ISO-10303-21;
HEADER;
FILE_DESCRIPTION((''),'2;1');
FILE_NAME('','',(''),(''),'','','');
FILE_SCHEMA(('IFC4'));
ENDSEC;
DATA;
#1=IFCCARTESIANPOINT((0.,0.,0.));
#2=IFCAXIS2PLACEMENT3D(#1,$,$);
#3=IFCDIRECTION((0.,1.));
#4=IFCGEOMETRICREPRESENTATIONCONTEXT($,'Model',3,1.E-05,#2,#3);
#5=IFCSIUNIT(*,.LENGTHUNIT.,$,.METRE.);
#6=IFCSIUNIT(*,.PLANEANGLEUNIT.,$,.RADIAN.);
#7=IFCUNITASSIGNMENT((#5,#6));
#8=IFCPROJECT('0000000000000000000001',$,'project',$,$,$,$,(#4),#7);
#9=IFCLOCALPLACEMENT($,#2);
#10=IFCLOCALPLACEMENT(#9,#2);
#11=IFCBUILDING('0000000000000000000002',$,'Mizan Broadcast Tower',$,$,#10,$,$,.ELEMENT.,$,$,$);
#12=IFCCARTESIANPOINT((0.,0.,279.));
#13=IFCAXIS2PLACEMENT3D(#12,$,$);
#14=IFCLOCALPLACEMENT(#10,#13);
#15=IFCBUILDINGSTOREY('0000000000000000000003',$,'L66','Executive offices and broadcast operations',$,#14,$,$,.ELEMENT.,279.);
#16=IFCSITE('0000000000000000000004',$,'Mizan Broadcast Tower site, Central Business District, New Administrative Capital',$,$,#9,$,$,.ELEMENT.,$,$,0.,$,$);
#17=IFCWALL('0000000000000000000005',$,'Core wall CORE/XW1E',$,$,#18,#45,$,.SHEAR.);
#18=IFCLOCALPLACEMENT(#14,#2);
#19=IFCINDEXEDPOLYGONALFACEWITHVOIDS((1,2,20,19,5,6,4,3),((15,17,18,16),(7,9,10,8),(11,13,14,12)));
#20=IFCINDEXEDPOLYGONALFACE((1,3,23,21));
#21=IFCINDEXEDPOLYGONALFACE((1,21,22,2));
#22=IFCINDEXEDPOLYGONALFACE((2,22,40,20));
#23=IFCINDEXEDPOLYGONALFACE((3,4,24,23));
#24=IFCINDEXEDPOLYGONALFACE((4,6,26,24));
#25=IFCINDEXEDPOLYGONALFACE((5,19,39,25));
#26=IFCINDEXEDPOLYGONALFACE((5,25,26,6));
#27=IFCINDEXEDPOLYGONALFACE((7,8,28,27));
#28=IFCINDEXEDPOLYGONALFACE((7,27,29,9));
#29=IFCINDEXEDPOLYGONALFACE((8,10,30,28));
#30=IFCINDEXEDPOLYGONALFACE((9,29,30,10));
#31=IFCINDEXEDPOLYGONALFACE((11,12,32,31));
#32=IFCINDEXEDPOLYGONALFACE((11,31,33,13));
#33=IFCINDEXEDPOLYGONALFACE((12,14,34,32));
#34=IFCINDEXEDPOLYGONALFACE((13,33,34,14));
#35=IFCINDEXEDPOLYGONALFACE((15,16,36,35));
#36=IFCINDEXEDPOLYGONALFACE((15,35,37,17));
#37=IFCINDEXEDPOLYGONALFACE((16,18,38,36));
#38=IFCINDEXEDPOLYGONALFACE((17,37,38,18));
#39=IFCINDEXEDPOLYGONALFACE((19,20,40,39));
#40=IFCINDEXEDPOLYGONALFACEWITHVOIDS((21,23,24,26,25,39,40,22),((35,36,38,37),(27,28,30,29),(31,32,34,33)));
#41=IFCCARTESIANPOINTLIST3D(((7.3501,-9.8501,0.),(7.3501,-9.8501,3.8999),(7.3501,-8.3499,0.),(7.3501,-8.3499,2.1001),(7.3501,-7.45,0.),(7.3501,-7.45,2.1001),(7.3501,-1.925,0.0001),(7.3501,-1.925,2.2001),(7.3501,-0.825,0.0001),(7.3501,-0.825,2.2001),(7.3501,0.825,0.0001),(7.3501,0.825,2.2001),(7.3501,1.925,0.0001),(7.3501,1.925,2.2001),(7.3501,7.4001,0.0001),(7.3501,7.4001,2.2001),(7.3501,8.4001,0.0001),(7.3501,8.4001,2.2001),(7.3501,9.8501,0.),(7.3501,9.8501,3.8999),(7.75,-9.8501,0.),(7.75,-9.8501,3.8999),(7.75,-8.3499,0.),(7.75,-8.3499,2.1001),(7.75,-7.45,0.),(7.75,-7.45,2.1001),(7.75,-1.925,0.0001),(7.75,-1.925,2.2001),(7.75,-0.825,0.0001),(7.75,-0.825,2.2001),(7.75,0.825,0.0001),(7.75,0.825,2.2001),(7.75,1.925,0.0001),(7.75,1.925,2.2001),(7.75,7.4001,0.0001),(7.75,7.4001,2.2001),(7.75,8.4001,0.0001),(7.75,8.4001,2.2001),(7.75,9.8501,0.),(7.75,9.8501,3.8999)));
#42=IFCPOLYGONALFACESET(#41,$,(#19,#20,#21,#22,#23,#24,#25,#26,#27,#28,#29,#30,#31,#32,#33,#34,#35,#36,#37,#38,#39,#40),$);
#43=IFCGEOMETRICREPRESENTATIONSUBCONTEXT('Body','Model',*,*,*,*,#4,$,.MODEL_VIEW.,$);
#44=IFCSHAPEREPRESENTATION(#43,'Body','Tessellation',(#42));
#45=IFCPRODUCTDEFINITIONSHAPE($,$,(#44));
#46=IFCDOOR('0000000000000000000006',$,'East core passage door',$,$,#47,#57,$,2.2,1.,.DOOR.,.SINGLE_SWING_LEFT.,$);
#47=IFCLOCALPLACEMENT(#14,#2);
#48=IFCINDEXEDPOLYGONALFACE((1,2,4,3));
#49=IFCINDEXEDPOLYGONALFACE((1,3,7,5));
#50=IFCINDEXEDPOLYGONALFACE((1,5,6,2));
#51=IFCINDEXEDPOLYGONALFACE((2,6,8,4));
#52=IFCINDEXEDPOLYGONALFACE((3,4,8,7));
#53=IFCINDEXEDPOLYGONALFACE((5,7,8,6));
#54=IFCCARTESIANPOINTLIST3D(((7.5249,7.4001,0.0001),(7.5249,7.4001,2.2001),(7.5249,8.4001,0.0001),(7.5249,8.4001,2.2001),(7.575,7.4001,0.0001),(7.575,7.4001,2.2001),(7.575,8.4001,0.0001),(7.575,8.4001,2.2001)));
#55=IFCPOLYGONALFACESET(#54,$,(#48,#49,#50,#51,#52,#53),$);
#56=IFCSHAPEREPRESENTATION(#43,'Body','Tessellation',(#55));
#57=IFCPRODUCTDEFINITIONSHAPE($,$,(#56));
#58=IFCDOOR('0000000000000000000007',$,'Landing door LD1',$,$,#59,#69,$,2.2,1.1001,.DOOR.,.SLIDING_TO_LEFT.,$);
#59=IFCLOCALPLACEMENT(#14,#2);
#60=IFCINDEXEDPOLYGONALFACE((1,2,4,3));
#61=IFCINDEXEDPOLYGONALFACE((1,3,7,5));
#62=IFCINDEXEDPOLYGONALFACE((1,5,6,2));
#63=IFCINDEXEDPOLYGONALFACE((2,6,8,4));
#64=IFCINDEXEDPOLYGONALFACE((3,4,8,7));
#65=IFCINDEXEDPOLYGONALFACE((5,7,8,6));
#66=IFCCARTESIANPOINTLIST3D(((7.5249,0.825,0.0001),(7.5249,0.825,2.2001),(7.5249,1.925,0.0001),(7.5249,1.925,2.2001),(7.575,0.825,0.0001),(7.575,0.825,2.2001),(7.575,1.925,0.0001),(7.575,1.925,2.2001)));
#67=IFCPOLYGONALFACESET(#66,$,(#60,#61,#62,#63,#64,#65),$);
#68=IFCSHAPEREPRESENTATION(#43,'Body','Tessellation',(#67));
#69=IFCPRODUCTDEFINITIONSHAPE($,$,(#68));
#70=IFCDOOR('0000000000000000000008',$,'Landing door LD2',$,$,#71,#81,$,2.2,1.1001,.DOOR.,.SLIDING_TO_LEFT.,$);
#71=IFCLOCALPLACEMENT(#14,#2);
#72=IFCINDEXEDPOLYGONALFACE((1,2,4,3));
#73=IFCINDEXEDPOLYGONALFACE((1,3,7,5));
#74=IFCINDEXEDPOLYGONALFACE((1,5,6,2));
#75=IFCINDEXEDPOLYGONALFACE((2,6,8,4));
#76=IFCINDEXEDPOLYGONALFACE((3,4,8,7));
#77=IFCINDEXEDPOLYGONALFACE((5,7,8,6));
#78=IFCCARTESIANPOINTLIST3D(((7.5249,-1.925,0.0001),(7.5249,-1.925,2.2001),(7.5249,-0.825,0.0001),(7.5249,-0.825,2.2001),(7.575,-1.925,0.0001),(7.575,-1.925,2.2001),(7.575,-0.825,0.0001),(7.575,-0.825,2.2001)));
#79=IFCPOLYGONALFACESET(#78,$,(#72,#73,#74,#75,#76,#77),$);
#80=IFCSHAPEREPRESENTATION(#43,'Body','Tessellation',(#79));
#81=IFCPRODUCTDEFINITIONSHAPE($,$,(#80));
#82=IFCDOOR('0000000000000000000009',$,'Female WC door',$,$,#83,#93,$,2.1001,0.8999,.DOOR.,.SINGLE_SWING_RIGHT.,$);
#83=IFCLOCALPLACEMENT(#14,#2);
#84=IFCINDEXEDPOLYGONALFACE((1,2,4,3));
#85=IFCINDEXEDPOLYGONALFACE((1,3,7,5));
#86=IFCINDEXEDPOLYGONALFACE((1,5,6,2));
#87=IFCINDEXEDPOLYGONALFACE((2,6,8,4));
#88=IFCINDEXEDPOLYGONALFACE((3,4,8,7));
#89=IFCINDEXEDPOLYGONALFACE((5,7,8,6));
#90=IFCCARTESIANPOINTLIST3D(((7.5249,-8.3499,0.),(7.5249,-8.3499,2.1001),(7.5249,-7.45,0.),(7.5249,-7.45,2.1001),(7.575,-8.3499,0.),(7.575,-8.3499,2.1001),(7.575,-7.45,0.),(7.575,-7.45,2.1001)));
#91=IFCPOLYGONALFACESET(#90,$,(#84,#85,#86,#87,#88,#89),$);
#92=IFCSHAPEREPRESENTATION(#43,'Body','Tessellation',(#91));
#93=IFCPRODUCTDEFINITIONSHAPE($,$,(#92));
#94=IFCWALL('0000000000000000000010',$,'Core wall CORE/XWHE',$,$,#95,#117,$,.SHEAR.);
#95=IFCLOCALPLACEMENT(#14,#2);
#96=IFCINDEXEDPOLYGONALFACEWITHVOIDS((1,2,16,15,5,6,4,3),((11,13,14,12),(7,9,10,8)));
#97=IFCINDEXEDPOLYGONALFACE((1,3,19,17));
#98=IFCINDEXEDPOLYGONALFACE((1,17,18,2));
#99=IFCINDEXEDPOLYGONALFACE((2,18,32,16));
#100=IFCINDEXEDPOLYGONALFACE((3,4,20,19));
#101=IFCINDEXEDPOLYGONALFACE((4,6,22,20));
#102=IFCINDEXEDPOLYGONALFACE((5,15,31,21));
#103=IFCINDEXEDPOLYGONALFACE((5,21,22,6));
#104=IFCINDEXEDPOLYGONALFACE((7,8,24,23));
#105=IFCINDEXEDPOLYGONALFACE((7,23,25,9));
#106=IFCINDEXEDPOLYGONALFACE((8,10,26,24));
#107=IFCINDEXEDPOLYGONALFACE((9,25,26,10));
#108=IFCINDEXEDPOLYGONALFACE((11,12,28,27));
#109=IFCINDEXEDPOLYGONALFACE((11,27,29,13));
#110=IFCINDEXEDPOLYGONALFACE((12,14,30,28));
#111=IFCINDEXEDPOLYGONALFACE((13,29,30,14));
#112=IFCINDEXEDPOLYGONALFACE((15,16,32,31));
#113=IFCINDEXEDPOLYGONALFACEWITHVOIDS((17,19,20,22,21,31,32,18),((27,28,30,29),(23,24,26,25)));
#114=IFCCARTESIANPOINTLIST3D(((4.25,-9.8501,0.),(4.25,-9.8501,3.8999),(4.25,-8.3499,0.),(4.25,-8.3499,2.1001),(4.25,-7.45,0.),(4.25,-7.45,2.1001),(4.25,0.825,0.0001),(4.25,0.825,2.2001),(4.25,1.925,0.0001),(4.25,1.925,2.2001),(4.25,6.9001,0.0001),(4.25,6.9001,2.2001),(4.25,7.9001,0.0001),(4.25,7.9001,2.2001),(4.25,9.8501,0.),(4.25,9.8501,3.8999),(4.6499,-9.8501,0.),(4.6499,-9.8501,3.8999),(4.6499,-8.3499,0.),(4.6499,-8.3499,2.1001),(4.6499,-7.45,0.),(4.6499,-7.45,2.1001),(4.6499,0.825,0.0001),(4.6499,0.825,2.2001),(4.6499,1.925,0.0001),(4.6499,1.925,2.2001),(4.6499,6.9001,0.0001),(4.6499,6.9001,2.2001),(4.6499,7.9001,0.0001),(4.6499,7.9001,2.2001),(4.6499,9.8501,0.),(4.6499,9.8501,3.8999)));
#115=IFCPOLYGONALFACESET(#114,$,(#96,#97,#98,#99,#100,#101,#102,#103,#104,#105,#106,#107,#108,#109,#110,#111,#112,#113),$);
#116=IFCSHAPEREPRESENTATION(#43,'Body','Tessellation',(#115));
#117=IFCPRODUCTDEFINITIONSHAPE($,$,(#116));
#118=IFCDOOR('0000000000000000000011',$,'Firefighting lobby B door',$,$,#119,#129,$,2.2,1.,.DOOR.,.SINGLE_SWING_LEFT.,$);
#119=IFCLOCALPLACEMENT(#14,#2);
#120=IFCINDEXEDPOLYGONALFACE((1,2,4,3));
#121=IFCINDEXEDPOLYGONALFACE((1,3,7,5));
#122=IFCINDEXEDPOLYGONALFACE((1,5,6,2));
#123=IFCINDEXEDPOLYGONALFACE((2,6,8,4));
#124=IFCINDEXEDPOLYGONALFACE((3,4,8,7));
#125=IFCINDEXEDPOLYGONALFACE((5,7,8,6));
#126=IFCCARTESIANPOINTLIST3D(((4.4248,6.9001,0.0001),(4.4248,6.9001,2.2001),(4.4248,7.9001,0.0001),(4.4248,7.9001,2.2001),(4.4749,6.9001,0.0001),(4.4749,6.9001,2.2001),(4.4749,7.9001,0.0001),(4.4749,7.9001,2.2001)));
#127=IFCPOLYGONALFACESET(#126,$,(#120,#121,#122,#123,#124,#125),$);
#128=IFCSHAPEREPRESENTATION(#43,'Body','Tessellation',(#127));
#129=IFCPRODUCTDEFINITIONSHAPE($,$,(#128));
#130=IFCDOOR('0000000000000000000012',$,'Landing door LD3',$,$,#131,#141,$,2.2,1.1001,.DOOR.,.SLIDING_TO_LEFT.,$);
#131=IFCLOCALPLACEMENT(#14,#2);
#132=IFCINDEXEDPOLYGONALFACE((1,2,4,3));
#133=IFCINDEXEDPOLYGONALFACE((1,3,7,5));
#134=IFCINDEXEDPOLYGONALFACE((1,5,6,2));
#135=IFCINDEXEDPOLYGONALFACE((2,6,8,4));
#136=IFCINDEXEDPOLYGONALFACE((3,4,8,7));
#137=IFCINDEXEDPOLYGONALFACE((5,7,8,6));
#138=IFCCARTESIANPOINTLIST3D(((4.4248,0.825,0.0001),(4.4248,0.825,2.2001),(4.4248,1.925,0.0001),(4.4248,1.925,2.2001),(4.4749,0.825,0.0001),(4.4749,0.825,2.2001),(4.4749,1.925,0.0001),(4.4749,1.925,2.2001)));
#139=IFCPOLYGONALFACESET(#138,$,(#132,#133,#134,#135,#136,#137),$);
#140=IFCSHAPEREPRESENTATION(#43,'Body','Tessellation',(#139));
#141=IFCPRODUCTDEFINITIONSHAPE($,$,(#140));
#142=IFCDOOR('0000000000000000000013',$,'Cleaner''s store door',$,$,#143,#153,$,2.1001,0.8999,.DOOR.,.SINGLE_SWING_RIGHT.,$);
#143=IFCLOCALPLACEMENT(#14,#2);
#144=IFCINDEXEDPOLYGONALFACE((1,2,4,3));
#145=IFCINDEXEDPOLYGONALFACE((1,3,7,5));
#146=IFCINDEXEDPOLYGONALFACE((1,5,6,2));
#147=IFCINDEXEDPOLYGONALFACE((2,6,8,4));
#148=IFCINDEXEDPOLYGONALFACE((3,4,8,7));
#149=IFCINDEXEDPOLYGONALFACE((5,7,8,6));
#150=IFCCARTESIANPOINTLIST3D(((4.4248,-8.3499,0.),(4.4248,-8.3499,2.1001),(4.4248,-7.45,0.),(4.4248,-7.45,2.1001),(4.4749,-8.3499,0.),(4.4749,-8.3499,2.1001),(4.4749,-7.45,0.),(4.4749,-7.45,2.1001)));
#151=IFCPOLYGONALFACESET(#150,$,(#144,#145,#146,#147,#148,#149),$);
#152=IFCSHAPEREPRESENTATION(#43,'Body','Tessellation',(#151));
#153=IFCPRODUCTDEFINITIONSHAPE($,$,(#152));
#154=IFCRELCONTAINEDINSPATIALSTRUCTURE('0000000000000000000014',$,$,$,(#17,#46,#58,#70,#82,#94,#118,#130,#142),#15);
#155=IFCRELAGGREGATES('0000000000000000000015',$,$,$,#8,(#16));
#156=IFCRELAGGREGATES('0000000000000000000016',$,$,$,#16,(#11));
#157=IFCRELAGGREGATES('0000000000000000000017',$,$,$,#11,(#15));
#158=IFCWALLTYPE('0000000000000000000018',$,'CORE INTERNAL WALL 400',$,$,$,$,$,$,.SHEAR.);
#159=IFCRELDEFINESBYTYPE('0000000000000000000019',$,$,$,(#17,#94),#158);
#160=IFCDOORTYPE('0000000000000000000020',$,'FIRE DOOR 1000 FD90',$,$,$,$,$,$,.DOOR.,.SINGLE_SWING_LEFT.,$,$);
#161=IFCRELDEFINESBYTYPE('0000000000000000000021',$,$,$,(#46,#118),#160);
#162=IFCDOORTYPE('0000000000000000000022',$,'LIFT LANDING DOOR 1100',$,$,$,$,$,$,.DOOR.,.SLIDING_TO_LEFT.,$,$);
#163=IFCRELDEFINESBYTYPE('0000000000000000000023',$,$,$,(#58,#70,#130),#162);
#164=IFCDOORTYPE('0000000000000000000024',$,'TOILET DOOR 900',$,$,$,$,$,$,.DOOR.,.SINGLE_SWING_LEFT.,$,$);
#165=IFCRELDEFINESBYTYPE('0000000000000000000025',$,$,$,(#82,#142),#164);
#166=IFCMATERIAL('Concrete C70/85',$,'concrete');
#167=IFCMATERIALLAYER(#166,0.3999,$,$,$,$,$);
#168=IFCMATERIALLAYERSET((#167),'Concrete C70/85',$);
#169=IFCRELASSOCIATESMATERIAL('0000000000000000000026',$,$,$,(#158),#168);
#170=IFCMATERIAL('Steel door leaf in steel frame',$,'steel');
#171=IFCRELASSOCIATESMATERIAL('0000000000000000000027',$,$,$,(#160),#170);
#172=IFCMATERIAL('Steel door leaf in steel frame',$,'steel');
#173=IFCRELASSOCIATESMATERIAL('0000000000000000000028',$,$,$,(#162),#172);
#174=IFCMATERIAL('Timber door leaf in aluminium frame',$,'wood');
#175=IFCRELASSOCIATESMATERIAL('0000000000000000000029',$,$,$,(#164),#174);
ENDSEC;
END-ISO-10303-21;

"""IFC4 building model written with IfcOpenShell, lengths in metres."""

from ifc_helpers import new_model, si_unit, direction, frame, frame_2d, origin, place, context, subcontext, project, spatial, rectangle, extrude, material, layer, layer_set, type_object, element, fill, save


model = new_model("IFC4")

# Units and contexts
model_context = context("Model", 3, precision=1e-05, world=origin(), true_north=direction((0.0, 1.0)))
body_context = subcontext(model_context, "Body", "Model", "MODEL_VIEW")
ifc_project = project(units=[si_unit("LENGTHUNIT", "METRE"), si_unit("PLANEANGLEUNIT", "RADIAN")], contexts=[model_context])

# Site, building, storey
site_placement = place(None, origin())
site = spatial("IfcSite", under=ifc_project, at=site_placement, Name="Mizan Broadcast Tower site, Central Business District, New Administrative Capital", CompositionType="ELEMENT", RefElevation=0.0)
building_placement = place(site_placement, origin())
building = spatial("IfcBuilding", under=site, at=building_placement, Name="Mizan Broadcast Tower", CompositionType="ELEMENT")
storey_placement = place(building_placement, frame((0.0, 0.0, 279.0)))
storey = spatial("IfcBuildingStorey", under=building, at=storey_placement, Name="L66", Description="Executive offices and broadcast operations", CompositionType="ELEMENT", Elevation=279.0)

# Walls, openings, doors
ifc_material_1 = material(Name="Concrete C70/85", Category="concrete")
ifc_layer_1 = layer(ifc_material_1, 0.3999)
ifc_layer_set_1 = layer_set([ifc_layer_1], Name="Concrete C70/85")
wall_type = type_object("IfcWallType", Name="CORE INTERNAL WALL 400", PredefinedType="SHEAR", material=ifc_layer_set_1)
wall_1_placement = place(storey_placement, frame((7.55, 9.8501, 0.0), z_axis=(0.0, 0.0, 1.0), x_axis=(0.0, -1.0, 0.0)))
wall_1 = element("IfcWall", 1, at=wall_1_placement, inside=storey, type_object=wall_type, Name="Core wall CORE/XW1E", PredefinedType="SHEAR", context=body_context, shape_type="SweptSolid", body=[
    extrude(rectangle(XDim=19.7002, YDim=0.3999, at=frame_2d((9.8501, 0.0))), origin(), (0.0, 0.0, 1.0), 3.8999),
])
opening_1_placement = place(wall_1_placement, frame((1.45, 0.0, 0.0)))
opening_1 = element("IfcOpeningElement", 2, at=opening_1_placement, cuts=wall_1, PredefinedType="OPENING", context=body_context, shape_type="SweptSolid", body=[
    extrude(rectangle(XDim=1.0, YDim=2.2, at=frame_2d((0.5, 1.1001))), frame((0.0, 0.21, 0.0), z_axis=(0.0, -1.0, 0.0), x_axis=(1.0, 0.0, 0.0)), (0.0, 0.0, 1.0), 0.4199),
])
opening_2_placement = place(wall_1_placement, frame((17.3, 0.0, 0.0)))
opening_2 = element("IfcOpeningElement", 3, at=opening_2_placement, cuts=wall_1, PredefinedType="OPENING", context=body_context, shape_type="SweptSolid", body=[
    extrude(rectangle(XDim=0.8999, YDim=2.1001, at=frame_2d((0.45, 1.05))), frame((0.0, 0.21, 0.0), z_axis=(0.0, -1.0, 0.0), x_axis=(1.0, 0.0, 0.0)), (0.0, 0.0, 1.0), 0.4199),
])
opening_3_placement = place(wall_1_placement, frame((7.925, 0.0, 0.0)))
opening_3 = element("IfcOpeningElement", 4, at=opening_3_placement, cuts=wall_1, PredefinedType="OPENING", context=body_context, shape_type="SweptSolid", body=[
    extrude(rectangle(XDim=1.1001, YDim=2.2, at=frame_2d((0.55, 1.1001))), frame((0.0, 0.21, 0.0), z_axis=(0.0, -1.0, 0.0), x_axis=(1.0, 0.0, 0.0)), (0.0, 0.0, 1.0), 0.4199),
])
opening_4_placement = place(wall_1_placement, frame((10.675, 0.0, 0.0)))
opening_4 = element("IfcOpeningElement", 5, at=opening_4_placement, cuts=wall_1, PredefinedType="OPENING", context=body_context, shape_type="SweptSolid", body=[
    extrude(rectangle(XDim=1.1001, YDim=2.2, at=frame_2d((0.55, 1.1001))), frame((0.0, 0.21, 0.0), z_axis=(0.0, -1.0, 0.0), x_axis=(1.0, 0.0, 0.0)), (0.0, 0.0, 1.0), 0.4199),
])
ifc_material_2 = material(Name="Steel door leaf in steel frame", Category="steel")
door_type_1 = type_object("IfcDoorType", Name="FIRE DOOR 1000 FD90", OperationType="SINGLE_SWING_LEFT", PredefinedType="DOOR", material=ifc_material_2)
door_1_placement = place(opening_1_placement, origin())
door_1 = element("IfcDoor", 6, at=door_1_placement, inside=storey, type_object=door_type_1, Name="East core passage door", OperationType="SINGLE_SWING_LEFT", OverallHeight=2.2, OverallWidth=1.0, PredefinedType="DOOR", context=body_context, shape_type="SweptSolid", body=[
    extrude(rectangle(XDim=1.0, YDim=2.2, at=frame_2d((0.5, 1.1001))), frame((0.0, 0.0249, 0.0), z_axis=(0.0, -1.0, 0.0), x_axis=(1.0, 0.0, 0.0)), (0.0, 0.0, 1.0), 0.05),
])
fill(opening_1, door_1)
ifc_material_3 = material(Name="Steel door leaf in steel frame", Category="steel")
door_type_2 = type_object("IfcDoorType", Name="LIFT LANDING DOOR 1100", OperationType="SLIDING_TO_LEFT", PredefinedType="DOOR", material=ifc_material_3)
door_2_placement = place(opening_3_placement, origin())
door_2 = element("IfcDoor", 7, at=door_2_placement, inside=storey, type_object=door_type_2, Name="Landing door LD1", OperationType="SLIDING_TO_LEFT", OverallHeight=2.2, OverallWidth=1.1001, PredefinedType="DOOR", context=body_context, shape_type="SweptSolid", body=[
    extrude(rectangle(XDim=1.1001, YDim=2.2, at=frame_2d((0.55, 1.1001))), frame((0.0, 0.0249, 0.0), z_axis=(0.0, -1.0, 0.0), x_axis=(1.0, 0.0, 0.0)), (0.0, 0.0, 1.0), 0.05),
])
fill(opening_3, door_2)
door_3_placement = place(opening_4_placement, origin())
door_3 = element("IfcDoor", 8, at=door_3_placement, inside=storey, type_object=door_type_2, Name="Landing door LD2", OperationType="SLIDING_TO_LEFT", OverallHeight=2.2, OverallWidth=1.1001, PredefinedType="DOOR", context=body_context, shape_type="SweptSolid", body=[
    extrude(rectangle(XDim=1.1001, YDim=2.2, at=frame_2d((0.55, 1.1001))), frame((0.0, 0.0249, 0.0), z_axis=(0.0, -1.0, 0.0), x_axis=(1.0, 0.0, 0.0)), (0.0, 0.0, 1.0), 0.05),
])
fill(opening_4, door_3)
ifc_material_4 = material(Name="Timber door leaf in aluminium frame", Category="wood")
door_type_3 = type_object("IfcDoorType", Name="TOILET DOOR 900", OperationType="SINGLE_SWING_LEFT", PredefinedType="DOOR", material=ifc_material_4)
door_4_placement = place(opening_2_placement, origin())
door_4 = element("IfcDoor", 9, at=door_4_placement, inside=storey, type_object=door_type_3, Name="Female WC door", OperationType="SINGLE_SWING_RIGHT", OverallHeight=2.1001, OverallWidth=0.8999, PredefinedType="DOOR", context=body_context, shape_type="SweptSolid", body=[
    extrude(rectangle(XDim=0.8999, YDim=2.1001, at=frame_2d((0.45, 1.05))), frame((0.0, 0.0249, 0.0), z_axis=(0.0, -1.0, 0.0), x_axis=(1.0, 0.0, 0.0)), (0.0, 0.0, 1.0), 0.05),
])
fill(opening_2, door_4)
wall_2_placement = place(storey_placement, frame((4.45, 9.8501, 0.0), z_axis=(0.0, 0.0, 1.0), x_axis=(0.0, -1.0, 0.0)))
wall_2 = element("IfcWall", 10, at=wall_2_placement, inside=storey, type_object=wall_type, Name="Core wall CORE/XWHE", PredefinedType="SHEAR", context=body_context, shape_type="SweptSolid", body=[
    extrude(rectangle(XDim=19.7002, YDim=0.3999, at=frame_2d((9.8501, 0.0))), origin(), (0.0, 0.0, 1.0), 3.8999),
])
opening_5_placement = place(wall_2_placement, frame((1.95, 0.0, 0.0)))
opening_5 = element("IfcOpeningElement", 11, at=opening_5_placement, cuts=wall_2, PredefinedType="OPENING", context=body_context, shape_type="SweptSolid", body=[
    extrude(rectangle(XDim=1.0, YDim=2.2, at=frame_2d((0.5, 1.1001))), frame((0.0, 0.21, 0.0), z_axis=(0.0, -1.0, 0.0), x_axis=(1.0, 0.0, 0.0)), (0.0, 0.0, 1.0), 0.4199),
])
opening_6_placement = place(wall_2_placement, frame((17.3, 0.0, 0.0)))
opening_6 = element("IfcOpeningElement", 12, at=opening_6_placement, cuts=wall_2, PredefinedType="OPENING", context=body_context, shape_type="SweptSolid", body=[
    extrude(rectangle(XDim=0.8999, YDim=2.1001, at=frame_2d((0.45, 1.05))), frame((0.0, 0.21, 0.0), z_axis=(0.0, -1.0, 0.0), x_axis=(1.0, 0.0, 0.0)), (0.0, 0.0, 1.0), 0.4199),
])
opening_7_placement = place(wall_2_placement, frame((7.925, 0.0, 0.0)))
opening_7 = element("IfcOpeningElement", 13, at=opening_7_placement, cuts=wall_2, PredefinedType="OPENING", context=body_context, shape_type="SweptSolid", body=[
    extrude(rectangle(XDim=1.1001, YDim=2.2, at=frame_2d((0.55, 1.1001))), frame((0.0, 0.21, 0.0), z_axis=(0.0, -1.0, 0.0), x_axis=(1.0, 0.0, 0.0)), (0.0, 0.0, 1.0), 0.4199),
])
door_5_placement = place(opening_5_placement, origin())
door_5 = element("IfcDoor", 14, at=door_5_placement, inside=storey, type_object=door_type_1, Name="Firefighting lobby B door", OperationType="SINGLE_SWING_LEFT", OverallHeight=2.2, OverallWidth=1.0, PredefinedType="DOOR", context=body_context, shape_type="SweptSolid", body=[
    extrude(rectangle(XDim=1.0, YDim=2.2, at=frame_2d((0.5, 1.1001))), frame((0.0, 0.0249, 0.0), z_axis=(0.0, -1.0, 0.0), x_axis=(1.0, 0.0, 0.0)), (0.0, 0.0, 1.0), 0.05),
])
fill(opening_5, door_5)
door_6_placement = place(opening_7_placement, origin())
door_6 = element("IfcDoor", 15, at=door_6_placement, inside=storey, type_object=door_type_2, Name="Landing door LD3", OperationType="SLIDING_TO_LEFT", OverallHeight=2.2, OverallWidth=1.1001, PredefinedType="DOOR", context=body_context, shape_type="SweptSolid", body=[
    extrude(rectangle(XDim=1.1001, YDim=2.2, at=frame_2d((0.55, 1.1001))), frame((0.0, 0.0249, 0.0), z_axis=(0.0, -1.0, 0.0), x_axis=(1.0, 0.0, 0.0)), (0.0, 0.0, 1.0), 0.05),
])
fill(opening_7, door_6)
door_7_placement = place(opening_6_placement, origin())
door_7 = element("IfcDoor", 16, at=door_7_placement, inside=storey, type_object=door_type_3, Name="Cleaner's store door", OperationType="SINGLE_SWING_RIGHT", OverallHeight=2.1001, OverallWidth=0.8999, PredefinedType="DOOR", context=body_context, shape_type="SweptSolid", body=[
    extrude(rectangle(XDim=0.8999, YDim=2.1001, at=frame_2d((0.45, 1.05))), frame((0.0, 0.0249, 0.0), z_axis=(0.0, -1.0, 0.0), x_axis=(1.0, 0.0, 0.0)), (0.0, 0.0, 1.0), 0.05),
])
fill(opening_6, door_7)

save(model, "model.ifc")
